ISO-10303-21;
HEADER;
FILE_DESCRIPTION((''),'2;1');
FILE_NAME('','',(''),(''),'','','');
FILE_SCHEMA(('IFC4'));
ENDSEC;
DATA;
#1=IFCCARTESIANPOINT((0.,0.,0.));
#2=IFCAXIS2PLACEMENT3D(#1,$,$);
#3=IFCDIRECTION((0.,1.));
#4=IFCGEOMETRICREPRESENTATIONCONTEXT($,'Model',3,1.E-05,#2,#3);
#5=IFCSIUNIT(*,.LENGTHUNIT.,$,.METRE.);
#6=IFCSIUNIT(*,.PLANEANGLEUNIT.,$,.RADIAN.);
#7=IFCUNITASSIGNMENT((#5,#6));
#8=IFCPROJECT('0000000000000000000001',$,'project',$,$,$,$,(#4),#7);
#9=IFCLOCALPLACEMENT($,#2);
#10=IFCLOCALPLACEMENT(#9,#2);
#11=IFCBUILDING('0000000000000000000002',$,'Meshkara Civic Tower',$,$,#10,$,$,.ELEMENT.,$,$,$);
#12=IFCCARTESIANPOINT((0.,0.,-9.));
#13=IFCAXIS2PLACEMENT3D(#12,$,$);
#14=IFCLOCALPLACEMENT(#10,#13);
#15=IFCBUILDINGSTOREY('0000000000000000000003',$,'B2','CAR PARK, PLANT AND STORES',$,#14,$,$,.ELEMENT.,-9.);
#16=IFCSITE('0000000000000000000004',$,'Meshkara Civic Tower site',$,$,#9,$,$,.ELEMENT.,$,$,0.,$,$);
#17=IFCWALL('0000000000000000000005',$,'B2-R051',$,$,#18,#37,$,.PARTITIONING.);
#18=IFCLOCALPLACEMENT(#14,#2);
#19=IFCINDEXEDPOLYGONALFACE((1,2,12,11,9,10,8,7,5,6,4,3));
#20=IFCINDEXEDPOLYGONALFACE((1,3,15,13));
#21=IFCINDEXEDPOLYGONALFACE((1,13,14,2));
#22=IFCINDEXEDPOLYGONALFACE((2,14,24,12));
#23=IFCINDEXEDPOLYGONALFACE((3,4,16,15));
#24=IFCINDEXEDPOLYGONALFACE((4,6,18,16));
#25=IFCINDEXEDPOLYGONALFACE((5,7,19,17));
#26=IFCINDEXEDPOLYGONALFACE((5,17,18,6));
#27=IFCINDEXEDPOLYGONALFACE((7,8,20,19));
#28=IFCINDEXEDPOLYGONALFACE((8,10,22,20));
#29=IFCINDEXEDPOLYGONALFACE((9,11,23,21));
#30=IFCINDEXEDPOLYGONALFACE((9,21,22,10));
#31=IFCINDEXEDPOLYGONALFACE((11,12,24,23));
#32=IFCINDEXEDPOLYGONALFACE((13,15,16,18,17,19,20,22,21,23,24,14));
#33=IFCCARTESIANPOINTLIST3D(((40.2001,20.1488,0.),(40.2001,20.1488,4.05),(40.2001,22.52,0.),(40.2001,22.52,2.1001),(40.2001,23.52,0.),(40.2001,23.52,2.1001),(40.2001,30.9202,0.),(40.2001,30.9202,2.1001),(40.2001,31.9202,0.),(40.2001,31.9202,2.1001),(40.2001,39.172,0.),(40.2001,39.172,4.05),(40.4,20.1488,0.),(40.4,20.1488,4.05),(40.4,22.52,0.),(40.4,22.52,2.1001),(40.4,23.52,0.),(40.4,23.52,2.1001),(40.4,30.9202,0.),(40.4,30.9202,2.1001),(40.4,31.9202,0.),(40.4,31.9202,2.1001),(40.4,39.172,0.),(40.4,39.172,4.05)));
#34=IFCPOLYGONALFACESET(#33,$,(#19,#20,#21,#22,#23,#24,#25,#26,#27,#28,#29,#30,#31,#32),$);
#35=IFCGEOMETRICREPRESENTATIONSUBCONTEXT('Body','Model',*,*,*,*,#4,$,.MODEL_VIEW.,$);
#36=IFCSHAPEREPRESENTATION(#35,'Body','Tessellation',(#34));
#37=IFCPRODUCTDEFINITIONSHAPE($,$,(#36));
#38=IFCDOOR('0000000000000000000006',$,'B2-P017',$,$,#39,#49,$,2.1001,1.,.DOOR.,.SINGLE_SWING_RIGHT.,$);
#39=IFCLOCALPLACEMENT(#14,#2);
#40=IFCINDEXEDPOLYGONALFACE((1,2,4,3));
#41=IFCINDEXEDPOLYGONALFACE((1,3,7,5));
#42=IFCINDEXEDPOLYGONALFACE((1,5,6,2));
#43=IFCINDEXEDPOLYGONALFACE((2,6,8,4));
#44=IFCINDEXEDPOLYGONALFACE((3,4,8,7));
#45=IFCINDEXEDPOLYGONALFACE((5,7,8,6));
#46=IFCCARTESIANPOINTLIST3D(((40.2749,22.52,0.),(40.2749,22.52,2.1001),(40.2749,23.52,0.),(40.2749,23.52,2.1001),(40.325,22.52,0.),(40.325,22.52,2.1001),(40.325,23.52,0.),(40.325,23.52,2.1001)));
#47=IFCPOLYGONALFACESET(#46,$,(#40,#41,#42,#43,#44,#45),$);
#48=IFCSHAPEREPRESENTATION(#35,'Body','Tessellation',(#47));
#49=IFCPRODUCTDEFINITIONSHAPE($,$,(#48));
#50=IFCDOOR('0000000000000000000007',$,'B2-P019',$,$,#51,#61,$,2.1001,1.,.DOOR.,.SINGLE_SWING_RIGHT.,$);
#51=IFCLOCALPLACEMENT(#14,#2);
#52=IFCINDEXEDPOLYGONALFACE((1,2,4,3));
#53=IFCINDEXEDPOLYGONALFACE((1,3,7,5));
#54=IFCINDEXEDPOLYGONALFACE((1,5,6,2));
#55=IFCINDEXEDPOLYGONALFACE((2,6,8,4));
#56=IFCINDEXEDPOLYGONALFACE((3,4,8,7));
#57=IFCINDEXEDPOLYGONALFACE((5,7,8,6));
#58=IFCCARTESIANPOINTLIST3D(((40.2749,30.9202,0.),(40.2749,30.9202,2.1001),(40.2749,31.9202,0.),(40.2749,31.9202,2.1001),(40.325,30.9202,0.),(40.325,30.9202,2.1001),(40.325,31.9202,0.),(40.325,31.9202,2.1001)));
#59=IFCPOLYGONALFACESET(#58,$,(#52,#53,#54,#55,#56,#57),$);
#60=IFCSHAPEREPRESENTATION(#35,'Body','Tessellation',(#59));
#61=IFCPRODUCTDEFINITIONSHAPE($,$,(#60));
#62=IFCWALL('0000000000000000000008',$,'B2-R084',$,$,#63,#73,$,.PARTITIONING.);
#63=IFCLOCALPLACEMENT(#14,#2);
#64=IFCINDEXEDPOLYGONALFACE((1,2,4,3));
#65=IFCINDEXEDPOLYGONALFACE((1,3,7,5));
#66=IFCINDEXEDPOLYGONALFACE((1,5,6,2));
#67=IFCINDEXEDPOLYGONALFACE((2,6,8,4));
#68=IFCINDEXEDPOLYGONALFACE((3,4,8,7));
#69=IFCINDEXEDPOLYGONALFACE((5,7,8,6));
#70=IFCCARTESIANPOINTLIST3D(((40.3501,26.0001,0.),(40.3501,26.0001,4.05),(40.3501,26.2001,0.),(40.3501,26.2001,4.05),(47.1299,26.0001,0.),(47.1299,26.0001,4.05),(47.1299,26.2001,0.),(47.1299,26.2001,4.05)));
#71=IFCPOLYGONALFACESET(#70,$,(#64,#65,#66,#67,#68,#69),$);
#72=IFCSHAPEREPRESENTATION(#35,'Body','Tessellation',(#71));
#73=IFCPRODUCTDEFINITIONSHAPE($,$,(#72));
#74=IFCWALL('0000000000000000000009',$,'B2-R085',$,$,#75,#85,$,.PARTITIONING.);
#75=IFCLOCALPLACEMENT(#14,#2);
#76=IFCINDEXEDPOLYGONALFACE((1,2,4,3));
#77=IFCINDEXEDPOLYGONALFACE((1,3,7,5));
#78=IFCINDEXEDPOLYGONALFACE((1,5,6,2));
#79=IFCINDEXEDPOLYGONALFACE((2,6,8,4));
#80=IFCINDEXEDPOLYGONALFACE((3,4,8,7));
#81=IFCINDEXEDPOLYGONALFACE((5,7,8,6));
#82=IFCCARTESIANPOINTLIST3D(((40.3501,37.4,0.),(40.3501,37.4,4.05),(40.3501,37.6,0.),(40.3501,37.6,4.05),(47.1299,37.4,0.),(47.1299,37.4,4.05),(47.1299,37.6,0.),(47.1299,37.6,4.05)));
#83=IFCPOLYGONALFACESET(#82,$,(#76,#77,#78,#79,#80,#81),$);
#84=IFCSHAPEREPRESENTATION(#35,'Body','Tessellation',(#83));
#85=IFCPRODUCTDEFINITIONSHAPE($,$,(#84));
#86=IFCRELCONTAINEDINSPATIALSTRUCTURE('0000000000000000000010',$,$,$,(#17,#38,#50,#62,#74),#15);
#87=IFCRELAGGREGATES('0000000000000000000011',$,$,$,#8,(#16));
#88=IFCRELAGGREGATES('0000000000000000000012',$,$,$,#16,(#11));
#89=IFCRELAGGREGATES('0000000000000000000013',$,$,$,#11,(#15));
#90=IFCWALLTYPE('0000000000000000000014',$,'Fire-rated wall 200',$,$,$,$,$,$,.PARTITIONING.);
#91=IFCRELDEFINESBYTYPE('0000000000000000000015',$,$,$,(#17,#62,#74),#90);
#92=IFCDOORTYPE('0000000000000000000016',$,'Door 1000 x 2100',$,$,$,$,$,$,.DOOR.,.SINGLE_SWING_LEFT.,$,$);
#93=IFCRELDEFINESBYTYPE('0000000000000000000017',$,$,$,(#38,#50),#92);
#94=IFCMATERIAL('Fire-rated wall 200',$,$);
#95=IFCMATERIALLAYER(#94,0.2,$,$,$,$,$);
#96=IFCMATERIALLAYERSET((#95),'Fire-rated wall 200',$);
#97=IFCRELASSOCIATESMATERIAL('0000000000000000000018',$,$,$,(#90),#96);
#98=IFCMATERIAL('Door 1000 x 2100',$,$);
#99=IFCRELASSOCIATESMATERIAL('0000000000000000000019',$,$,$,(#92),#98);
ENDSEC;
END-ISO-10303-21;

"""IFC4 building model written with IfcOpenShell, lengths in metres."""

from ifc_helpers import new_model, si_unit, direction, frame, frame_2d, origin, place, context, subcontext, project, spatial, rectangle, extrude, material, layer, layer_set, type_object, element, fill, save


model = new_model("IFC4")

# Units and contexts
model_context = context("Model", 3, precision=1e-05, world=origin(), true_north=direction((0.0, 1.0)))
body_context = subcontext(model_context, "Body", "Model", "MODEL_VIEW")
ifc_project = project(units=[si_unit("LENGTHUNIT", "METRE"), si_unit("PLANEANGLEUNIT", "RADIAN")], contexts=[model_context])

# Site, building, storey
site_placement = place(None, origin())
site = spatial("IfcSite", under=ifc_project, at=site_placement, Name="Meshkara Civic Tower site", CompositionType="ELEMENT", RefElevation=0.0)
building_placement = place(site_placement, origin())
building = spatial("IfcBuilding", under=site, at=building_placement, Name="Meshkara Civic Tower", CompositionType="ELEMENT")
storey_placement = place(building_placement, frame((0.0, 0.0, -9.0)))
storey = spatial("IfcBuildingStorey", under=building, at=storey_placement, Name="B2", Description="CAR PARK, PLANT AND STORES", CompositionType="ELEMENT", Elevation=-9.0)

# Wall, openings, doors
ifc_material_1 = material(Name="Fire-rated wall 200")
ifc_layer_1 = layer(ifc_material_1, 0.2)
ifc_layer_set_1 = layer_set([ifc_layer_1], Name="Fire-rated wall 200")
wall_type_1 = type_object("IfcWallType", Name="Fire-rated wall 200", PredefinedType="PARTITIONING", material=ifc_layer_set_1)
wall_1_placement = place(storey_placement, frame((40.3, 39.1721, 0.0), z_axis=(0.0, 0.0, 1.0), x_axis=(0.0, -1.0, 0.0)))
wall_1 = element("IfcWall", 1, at=wall_1_placement, inside=storey, type_object=wall_type_1, Name="B2-R051", PredefinedType="PARTITIONING", context=body_context, shape_type="SweptSolid", body=[
    extrude(rectangle(XDim=19.0232, YDim=0.2, at=frame_2d((9.5117, 0.0))), origin(), (0.0, 0.0, 1.0), 4.05),
])
opening_1_placement = place(wall_1_placement, frame((15.6521, 0.0, 0.0)))
opening_1 = element("IfcOpeningElement", 2, at=opening_1_placement, cuts=wall_1, PredefinedType="OPENING", context=body_context, shape_type="SweptSolid", body=[
    extrude(rectangle(XDim=1.0, YDim=2.1001, at=frame_2d((0.5, 1.05))), frame((0.0, 0.1099, 0.0), z_axis=(0.0, -1.0, 0.0), x_axis=(1.0, 0.0, 0.0)), (0.0, 0.0, 1.0), 0.22),
])
opening_2_placement = place(wall_1_placement, frame((7.252, 0.0, 0.0)))
opening_2 = element("IfcOpeningElement", 3, at=opening_2_placement, cuts=wall_1, PredefinedType="OPENING", context=body_context, shape_type="SweptSolid", body=[
    extrude(rectangle(XDim=1.0, YDim=2.1001, at=frame_2d((0.5, 1.05))), frame((0.0, 0.1099, 0.0), z_axis=(0.0, -1.0, 0.0), x_axis=(1.0, 0.0, 0.0)), (0.0, 0.0, 1.0), 0.22),
])
ifc_material_2 = material(Name="Door 1000 x 2100")
door_type = type_object("IfcDoorType", Name="Door 1000 x 2100", OperationType="SINGLE_SWING_LEFT", PredefinedType="DOOR", material=ifc_material_2)
door_1_placement = place(opening_1_placement, origin())
door_1 = element("IfcDoor", 4, at=door_1_placement, inside=storey, type_object=door_type, Name="B2-P017", OperationType="SINGLE_SWING_RIGHT", OverallHeight=2.1001, OverallWidth=1.0, PredefinedType="DOOR", context=body_context, shape_type="SweptSolid", body=[
    extrude(rectangle(XDim=1.0, YDim=2.1001, at=frame_2d((0.5, 1.05))), frame((0.0, 0.0249, 0.0), z_axis=(0.0, -1.0, 0.0), x_axis=(1.0, 0.0, 0.0)), (0.0, 0.0, 1.0), 0.05),
])
fill(opening_1, door_1)
door_2_placement = place(opening_2_placement, origin())
door_2 = element("IfcDoor", 5, at=door_2_placement, inside=storey, type_object=door_type, Name="B2-P019", OperationType="SINGLE_SWING_RIGHT", OverallHeight=2.1001, OverallWidth=1.0, PredefinedType="DOOR", context=body_context, shape_type="SweptSolid", body=[
    extrude(rectangle(XDim=1.0, YDim=2.1001, at=frame_2d((0.5, 1.05))), frame((0.0, 0.0249, 0.0), z_axis=(0.0, -1.0, 0.0), x_axis=(1.0, 0.0, 0.0)), (0.0, 0.0, 1.0), 0.05),
])
fill(opening_2, door_2)

# Walls
for number, where, z_axis, x_axis, name in (
    (6, (47.1299, 26.1001, 0.0), (0.0, 0.0, 1.0), (-1.0, 0.0, 0.0), "B2-R084"),
    (7, (47.1299, 37.5, 0.0), (0.0, 0.0, 1.0), (-1.0, 0.0, 0.0), "B2-R085"),
):
    element("IfcWall", number, at=place(storey_placement, frame(where, z_axis=z_axis, x_axis=x_axis)), inside=storey, type_object=wall_type_1, Name=name, PredefinedType="PARTITIONING", context=body_context, shape_type="SweptSolid", body=[
        extrude(rectangle(XDim=6.7798, YDim=0.2, at=frame_2d((3.3899, 0.0))), origin(), (0.0, 0.0, 1.0), 4.05),
    ])

save(model, "model.ifc")
